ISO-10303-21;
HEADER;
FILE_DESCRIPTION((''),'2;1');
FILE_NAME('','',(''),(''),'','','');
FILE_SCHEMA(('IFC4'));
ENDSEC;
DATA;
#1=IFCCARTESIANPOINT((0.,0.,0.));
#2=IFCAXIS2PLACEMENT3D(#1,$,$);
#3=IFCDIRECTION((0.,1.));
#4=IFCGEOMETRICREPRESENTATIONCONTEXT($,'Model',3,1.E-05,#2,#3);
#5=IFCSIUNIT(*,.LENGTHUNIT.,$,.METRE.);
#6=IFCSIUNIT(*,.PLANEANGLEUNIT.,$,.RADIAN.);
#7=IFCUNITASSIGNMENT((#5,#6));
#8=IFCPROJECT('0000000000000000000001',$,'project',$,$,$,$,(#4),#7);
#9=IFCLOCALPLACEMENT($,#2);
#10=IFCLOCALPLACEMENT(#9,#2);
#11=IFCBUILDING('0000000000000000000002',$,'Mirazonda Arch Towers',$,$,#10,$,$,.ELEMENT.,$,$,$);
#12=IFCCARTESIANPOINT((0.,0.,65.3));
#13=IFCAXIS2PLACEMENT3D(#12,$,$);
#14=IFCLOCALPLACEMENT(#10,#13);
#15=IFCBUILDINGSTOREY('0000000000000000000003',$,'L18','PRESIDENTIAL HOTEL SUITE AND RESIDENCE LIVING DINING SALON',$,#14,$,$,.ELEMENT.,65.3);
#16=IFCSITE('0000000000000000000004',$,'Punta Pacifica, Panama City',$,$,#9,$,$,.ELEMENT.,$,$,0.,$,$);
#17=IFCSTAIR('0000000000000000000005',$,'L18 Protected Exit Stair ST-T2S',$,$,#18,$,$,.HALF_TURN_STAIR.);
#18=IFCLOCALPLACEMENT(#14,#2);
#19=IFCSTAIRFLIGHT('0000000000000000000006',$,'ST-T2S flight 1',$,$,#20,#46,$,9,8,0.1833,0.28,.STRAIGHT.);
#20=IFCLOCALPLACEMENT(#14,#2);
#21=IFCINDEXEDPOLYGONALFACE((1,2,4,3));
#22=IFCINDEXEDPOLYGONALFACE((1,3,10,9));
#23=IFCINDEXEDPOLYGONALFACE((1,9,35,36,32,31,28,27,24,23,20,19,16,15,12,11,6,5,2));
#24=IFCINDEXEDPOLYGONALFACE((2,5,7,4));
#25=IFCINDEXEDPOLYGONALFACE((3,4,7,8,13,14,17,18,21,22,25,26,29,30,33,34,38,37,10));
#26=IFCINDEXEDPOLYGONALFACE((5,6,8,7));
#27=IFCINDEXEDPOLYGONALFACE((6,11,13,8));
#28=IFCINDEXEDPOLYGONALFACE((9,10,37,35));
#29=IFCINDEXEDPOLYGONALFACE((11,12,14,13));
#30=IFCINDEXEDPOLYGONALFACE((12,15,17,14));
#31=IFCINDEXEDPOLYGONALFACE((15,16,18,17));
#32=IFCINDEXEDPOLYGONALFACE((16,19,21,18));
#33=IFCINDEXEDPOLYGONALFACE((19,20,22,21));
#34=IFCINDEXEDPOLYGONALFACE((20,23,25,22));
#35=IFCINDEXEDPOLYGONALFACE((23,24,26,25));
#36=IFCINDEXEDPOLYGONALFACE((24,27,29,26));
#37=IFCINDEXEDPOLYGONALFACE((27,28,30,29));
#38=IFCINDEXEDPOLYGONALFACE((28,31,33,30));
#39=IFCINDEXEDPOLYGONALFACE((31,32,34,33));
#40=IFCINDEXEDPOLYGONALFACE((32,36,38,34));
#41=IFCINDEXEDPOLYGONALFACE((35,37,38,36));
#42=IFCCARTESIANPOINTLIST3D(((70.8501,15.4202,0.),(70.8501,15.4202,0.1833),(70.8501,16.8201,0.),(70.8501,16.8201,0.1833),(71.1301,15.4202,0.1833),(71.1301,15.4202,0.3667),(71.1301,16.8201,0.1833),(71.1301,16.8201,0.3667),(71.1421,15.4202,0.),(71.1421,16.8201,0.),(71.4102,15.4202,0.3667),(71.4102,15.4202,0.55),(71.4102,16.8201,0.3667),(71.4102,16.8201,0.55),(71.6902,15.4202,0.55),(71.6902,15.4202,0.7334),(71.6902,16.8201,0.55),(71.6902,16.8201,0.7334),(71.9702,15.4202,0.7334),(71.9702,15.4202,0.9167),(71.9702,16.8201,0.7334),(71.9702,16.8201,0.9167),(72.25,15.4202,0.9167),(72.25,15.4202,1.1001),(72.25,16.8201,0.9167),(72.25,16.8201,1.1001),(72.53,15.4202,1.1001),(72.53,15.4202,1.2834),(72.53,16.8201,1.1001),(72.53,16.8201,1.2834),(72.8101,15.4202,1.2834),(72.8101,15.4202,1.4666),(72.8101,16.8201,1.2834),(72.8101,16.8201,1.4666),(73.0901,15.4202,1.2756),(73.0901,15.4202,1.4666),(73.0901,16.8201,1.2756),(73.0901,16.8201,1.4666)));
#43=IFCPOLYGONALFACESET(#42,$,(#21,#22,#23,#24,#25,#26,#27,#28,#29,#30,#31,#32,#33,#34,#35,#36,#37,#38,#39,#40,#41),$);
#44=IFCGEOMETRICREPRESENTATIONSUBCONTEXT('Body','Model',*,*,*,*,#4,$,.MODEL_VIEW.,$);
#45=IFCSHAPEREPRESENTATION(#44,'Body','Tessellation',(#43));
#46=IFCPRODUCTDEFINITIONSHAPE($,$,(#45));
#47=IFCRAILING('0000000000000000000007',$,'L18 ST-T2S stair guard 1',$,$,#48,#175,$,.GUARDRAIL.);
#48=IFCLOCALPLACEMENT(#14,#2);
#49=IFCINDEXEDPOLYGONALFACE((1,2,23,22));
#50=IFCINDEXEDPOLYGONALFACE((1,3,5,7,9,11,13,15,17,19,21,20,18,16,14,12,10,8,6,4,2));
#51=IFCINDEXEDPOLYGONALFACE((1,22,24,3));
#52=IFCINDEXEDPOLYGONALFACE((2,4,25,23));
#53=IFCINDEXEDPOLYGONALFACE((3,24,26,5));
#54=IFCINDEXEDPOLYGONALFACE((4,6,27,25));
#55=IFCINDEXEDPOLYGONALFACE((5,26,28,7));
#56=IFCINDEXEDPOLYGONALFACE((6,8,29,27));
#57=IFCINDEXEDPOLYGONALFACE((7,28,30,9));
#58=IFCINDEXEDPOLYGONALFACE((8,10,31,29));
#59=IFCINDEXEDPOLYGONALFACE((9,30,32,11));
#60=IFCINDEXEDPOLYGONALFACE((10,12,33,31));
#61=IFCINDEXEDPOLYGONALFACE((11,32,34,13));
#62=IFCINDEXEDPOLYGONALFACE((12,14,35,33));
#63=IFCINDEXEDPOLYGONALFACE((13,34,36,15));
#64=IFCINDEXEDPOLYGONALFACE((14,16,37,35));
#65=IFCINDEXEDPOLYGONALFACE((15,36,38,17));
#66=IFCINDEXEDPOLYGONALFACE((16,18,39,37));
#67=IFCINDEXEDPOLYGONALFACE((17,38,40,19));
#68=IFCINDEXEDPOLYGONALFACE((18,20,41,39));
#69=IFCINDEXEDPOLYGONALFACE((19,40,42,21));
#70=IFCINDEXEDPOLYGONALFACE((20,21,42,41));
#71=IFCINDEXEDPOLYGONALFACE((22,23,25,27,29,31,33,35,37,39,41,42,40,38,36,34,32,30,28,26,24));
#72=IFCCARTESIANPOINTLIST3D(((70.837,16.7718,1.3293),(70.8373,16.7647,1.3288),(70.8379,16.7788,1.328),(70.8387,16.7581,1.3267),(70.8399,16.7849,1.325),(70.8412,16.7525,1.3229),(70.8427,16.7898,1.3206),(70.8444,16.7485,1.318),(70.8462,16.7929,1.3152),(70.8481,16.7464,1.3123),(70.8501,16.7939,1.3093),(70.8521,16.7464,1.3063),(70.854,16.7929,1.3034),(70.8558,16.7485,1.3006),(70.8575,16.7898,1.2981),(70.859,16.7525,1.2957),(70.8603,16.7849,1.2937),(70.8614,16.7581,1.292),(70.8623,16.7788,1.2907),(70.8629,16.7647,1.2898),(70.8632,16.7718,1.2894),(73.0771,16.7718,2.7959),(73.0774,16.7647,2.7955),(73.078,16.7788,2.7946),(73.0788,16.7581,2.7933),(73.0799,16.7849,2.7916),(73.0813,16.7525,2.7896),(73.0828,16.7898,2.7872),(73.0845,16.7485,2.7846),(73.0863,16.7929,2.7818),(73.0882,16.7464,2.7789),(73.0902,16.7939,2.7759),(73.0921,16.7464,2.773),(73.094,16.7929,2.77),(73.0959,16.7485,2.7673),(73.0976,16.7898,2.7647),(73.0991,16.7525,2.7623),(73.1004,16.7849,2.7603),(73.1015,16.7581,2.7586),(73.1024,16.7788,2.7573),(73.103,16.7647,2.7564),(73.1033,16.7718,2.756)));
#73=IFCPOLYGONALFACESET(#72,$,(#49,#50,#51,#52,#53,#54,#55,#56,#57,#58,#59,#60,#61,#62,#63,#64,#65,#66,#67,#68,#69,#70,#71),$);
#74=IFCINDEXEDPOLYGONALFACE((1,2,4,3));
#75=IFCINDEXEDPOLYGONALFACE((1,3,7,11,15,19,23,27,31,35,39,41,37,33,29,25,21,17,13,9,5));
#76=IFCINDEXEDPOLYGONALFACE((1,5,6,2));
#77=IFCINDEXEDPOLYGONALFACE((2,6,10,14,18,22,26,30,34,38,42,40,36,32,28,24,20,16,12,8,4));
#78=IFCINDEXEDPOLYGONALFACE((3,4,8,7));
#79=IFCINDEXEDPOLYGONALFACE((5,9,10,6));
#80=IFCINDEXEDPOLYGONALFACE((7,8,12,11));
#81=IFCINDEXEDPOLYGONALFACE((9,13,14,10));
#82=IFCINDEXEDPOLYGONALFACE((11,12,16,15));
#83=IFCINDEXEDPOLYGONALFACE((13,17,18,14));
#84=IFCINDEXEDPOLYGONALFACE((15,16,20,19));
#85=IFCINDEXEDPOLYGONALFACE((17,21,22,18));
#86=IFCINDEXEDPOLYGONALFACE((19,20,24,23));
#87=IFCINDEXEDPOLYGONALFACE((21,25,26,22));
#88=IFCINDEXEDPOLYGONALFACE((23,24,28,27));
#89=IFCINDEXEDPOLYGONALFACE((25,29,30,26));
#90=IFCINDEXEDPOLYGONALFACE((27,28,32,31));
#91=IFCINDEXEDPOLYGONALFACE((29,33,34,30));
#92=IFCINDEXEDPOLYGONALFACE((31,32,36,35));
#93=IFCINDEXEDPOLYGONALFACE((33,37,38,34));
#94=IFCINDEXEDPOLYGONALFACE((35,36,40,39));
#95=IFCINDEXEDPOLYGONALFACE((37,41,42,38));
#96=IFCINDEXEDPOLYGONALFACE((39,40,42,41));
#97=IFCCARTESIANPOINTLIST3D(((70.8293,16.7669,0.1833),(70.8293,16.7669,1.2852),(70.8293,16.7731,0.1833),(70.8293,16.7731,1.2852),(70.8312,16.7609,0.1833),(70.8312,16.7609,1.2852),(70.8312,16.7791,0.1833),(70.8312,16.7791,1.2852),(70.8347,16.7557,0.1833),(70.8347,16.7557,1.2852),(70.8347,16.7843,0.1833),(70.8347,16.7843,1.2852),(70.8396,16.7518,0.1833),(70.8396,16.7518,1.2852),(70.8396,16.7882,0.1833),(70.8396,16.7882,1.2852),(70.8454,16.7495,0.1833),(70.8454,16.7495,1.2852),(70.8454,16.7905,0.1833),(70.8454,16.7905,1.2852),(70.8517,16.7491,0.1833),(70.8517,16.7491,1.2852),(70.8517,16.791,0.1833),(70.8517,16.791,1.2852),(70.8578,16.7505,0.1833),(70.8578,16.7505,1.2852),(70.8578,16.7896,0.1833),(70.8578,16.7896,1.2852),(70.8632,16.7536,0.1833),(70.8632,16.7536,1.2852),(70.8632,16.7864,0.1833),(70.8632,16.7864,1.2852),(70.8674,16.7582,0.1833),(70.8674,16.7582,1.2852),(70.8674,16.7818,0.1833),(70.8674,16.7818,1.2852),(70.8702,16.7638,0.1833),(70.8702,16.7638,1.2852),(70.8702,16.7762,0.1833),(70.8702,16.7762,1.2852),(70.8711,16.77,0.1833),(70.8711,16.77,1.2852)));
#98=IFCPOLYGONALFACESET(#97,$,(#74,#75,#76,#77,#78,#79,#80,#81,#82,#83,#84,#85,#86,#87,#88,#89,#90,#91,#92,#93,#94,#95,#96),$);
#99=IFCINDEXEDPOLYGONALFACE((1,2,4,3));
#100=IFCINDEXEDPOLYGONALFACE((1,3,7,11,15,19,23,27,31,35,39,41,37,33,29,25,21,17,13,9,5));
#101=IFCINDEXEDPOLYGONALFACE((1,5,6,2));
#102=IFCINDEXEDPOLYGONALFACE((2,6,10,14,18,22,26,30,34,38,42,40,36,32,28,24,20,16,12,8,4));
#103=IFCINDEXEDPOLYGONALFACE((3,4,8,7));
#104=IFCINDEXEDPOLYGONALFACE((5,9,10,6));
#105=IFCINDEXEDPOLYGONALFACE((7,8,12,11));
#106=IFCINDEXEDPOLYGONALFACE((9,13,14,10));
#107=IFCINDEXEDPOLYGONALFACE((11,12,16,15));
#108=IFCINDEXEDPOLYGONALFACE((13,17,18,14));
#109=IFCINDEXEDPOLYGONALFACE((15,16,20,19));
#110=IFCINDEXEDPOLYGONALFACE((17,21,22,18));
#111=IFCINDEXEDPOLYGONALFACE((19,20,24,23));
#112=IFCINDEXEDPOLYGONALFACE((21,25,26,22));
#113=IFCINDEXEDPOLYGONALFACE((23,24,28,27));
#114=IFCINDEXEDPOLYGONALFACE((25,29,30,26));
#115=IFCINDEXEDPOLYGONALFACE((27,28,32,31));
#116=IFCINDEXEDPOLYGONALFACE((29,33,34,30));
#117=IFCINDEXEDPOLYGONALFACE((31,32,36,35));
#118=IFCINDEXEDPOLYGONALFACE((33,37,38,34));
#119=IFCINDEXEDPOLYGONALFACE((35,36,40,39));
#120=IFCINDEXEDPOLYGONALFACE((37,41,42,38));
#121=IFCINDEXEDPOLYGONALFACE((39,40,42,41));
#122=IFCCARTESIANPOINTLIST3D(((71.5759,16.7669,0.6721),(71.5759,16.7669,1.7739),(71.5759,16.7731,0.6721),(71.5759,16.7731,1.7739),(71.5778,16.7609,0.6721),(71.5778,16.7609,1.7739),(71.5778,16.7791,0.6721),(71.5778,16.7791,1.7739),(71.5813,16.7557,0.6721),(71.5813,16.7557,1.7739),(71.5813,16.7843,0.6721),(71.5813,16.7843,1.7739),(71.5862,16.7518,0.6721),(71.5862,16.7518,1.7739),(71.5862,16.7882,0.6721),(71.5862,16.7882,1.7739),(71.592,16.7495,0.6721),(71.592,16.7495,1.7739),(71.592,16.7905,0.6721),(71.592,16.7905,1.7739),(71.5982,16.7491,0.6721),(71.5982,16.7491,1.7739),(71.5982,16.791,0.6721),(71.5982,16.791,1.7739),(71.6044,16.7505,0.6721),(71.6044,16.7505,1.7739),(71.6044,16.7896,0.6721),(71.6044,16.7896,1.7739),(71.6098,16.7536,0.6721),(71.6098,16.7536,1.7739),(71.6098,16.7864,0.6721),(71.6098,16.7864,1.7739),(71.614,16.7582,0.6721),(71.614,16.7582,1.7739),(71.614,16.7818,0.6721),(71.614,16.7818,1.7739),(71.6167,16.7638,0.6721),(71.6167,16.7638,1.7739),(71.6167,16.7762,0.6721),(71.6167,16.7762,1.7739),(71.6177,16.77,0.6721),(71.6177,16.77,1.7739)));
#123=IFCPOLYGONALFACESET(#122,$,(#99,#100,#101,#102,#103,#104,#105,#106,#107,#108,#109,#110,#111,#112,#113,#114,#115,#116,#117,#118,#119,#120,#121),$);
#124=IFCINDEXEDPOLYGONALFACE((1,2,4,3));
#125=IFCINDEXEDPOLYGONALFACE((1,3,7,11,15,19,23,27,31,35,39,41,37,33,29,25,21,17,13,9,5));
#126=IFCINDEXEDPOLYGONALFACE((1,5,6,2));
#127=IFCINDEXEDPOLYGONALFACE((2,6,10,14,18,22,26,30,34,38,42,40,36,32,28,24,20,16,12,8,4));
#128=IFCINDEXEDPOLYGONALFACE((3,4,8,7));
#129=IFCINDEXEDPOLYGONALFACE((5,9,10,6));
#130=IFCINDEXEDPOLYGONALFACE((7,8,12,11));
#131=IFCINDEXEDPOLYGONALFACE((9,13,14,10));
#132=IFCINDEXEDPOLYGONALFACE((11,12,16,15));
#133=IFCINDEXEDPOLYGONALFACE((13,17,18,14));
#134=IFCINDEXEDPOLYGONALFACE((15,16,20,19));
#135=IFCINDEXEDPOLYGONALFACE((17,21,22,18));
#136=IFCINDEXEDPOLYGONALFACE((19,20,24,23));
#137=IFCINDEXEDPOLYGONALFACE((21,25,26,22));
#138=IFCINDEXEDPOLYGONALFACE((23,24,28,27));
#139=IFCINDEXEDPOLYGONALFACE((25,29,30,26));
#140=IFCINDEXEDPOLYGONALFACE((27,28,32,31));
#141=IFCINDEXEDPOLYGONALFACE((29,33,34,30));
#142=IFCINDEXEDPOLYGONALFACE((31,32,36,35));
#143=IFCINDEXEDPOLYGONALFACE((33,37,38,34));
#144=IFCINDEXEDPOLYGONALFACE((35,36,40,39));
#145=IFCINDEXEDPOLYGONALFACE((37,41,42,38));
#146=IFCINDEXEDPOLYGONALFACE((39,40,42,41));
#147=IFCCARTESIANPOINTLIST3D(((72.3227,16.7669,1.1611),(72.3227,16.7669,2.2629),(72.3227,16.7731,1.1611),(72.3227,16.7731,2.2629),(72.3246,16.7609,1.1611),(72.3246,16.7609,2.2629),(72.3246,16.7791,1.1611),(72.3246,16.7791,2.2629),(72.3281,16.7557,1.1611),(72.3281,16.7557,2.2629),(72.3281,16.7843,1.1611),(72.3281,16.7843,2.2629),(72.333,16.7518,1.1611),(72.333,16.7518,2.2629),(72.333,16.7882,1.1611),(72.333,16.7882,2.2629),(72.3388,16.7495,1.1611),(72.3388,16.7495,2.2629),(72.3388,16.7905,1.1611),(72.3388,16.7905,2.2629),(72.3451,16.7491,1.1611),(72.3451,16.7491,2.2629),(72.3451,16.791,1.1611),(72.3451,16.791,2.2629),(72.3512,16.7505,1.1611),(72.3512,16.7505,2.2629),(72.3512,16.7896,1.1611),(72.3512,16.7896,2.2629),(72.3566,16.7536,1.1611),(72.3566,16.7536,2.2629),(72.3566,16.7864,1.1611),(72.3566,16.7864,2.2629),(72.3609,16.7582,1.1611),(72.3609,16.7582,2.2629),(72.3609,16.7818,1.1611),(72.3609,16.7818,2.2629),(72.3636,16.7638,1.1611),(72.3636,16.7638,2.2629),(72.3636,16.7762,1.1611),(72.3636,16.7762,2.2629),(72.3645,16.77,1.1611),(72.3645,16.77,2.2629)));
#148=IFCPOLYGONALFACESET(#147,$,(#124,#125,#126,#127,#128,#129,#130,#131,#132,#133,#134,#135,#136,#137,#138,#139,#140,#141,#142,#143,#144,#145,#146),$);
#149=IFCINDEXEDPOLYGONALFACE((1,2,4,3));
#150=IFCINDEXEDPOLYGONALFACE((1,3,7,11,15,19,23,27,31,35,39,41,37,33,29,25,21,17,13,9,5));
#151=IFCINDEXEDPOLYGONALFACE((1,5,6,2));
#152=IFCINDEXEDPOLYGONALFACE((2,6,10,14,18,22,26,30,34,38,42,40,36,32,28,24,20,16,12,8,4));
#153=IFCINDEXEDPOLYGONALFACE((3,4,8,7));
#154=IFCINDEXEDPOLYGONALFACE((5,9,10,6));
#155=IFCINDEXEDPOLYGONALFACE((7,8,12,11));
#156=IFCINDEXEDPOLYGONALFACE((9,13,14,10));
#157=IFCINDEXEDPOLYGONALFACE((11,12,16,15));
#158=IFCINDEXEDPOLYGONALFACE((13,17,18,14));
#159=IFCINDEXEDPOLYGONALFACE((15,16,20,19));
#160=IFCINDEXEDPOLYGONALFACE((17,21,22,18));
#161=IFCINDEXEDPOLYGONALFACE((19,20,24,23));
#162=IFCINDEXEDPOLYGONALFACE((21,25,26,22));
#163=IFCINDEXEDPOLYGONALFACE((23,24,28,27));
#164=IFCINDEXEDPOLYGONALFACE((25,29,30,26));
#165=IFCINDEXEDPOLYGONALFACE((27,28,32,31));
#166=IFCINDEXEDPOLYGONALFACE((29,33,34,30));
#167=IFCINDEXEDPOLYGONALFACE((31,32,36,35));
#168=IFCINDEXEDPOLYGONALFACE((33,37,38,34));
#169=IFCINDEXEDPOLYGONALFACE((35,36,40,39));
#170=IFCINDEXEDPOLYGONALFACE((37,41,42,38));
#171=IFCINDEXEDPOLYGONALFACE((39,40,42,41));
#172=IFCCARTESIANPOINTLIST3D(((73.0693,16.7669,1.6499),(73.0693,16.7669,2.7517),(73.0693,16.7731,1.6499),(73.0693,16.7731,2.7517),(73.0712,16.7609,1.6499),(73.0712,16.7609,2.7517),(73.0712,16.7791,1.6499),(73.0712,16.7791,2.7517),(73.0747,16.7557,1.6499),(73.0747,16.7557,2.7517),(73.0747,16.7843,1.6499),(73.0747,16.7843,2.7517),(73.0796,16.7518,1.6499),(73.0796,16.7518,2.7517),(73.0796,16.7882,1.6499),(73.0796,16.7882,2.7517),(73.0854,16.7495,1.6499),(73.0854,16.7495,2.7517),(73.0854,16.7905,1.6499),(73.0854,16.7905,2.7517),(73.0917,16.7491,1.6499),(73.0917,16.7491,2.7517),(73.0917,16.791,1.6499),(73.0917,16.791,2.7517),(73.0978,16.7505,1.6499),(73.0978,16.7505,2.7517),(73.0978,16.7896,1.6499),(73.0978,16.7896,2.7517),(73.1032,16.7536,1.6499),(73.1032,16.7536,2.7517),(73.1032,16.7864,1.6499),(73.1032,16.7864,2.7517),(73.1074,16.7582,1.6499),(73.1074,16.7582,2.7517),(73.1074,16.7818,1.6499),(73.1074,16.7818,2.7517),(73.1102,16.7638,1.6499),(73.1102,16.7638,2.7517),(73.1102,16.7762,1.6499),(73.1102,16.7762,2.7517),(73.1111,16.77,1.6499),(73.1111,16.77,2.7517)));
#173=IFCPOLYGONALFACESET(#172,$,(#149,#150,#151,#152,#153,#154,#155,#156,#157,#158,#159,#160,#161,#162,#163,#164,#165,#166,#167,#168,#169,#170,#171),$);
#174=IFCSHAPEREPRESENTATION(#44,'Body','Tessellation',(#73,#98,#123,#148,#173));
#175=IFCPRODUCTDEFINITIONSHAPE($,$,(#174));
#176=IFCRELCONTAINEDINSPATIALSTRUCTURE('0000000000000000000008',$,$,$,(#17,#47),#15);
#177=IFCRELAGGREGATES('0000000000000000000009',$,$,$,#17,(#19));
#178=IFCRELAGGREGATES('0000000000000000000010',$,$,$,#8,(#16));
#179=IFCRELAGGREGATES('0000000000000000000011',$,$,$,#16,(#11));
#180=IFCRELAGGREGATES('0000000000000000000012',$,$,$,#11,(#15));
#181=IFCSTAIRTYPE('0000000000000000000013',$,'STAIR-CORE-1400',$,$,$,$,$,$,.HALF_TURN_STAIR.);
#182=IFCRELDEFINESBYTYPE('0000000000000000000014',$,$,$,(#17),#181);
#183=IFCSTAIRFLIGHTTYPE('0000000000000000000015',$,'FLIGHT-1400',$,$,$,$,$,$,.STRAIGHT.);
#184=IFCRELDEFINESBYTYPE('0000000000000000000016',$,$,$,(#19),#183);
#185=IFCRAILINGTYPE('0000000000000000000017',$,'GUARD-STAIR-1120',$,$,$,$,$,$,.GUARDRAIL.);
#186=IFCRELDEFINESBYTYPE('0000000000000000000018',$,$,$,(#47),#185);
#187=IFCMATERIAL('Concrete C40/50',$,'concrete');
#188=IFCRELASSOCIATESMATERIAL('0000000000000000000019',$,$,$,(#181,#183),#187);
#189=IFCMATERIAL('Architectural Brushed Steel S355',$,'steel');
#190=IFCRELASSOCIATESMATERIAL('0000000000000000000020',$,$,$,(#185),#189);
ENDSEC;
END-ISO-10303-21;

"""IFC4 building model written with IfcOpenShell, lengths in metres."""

from ifc_helpers import new_model, si_unit, direction, frame, origin, origin_2d, place, context, subcontext, project, spatial, polyline, circle, outline, extrude, material, type_object, element, aggregate, save


model = new_model("IFC4")

# Units and contexts
model_context = context("Model", 3, precision=1e-05, world=origin(), true_north=direction((0.0, 1.0)))
body_context = subcontext(model_context, "Body", "Model", "MODEL_VIEW")
ifc_project = project(units=[si_unit("LENGTHUNIT", "METRE"), si_unit("PLANEANGLEUNIT", "RADIAN")], contexts=[model_context])

# Site, building, storey
site_placement = place(None, origin())
site = spatial("IfcSite", under=ifc_project, at=site_placement, Name="Punta Pacifica, Panama City", CompositionType="ELEMENT", RefElevation=0.0)
building_placement = place(site_placement, origin())
building = spatial("IfcBuilding", under=site, at=building_placement, Name="Mirazonda Arch Towers", CompositionType="ELEMENT")
storey_placement = place(building_placement, frame((0.0, 0.0, 65.3)))
storey = spatial("IfcBuildingStorey", under=building, at=storey_placement, Name="L18", Description="PRESIDENTIAL HOTEL SUITE AND RESIDENCE LIVING DINING SALON", CompositionType="ELEMENT", Elevation=65.3)

# Stair, stair flight
ifc_material_1 = material(Name="Concrete C40/50", Category="concrete")
stair_type = type_object("IfcStairType", Name="STAIR-CORE-1400", PredefinedType="HALF_TURN_STAIR", material=ifc_material_1)
stair_placement = place(storey_placement, origin())
stair = element("IfcStair", 1, at=stair_placement, inside=storey, type_object=stair_type, Name="L18 Protected Exit Stair ST-T2S", PredefinedType="HALF_TURN_STAIR")
stair_flight_type = type_object("IfcStairFlightType", Name="FLIGHT-1400", PredefinedType="STRAIGHT", material=ifc_material_1)
stair_flight_placement = place(storey_placement, frame((70.8501, 16.1201, 0.0), z_axis=(0.0, 0.0, 1.0), x_axis=(1.0, 0.0, 0.0)))
stair_flight = element("IfcStairFlight", 2, at=stair_flight_placement, type_object=stair_flight_type, Name="ST-T2S flight 1", NumberOfRisers=9, NumberOfTreads=8, PredefinedType="STRAIGHT", RiserHeight=0.1833, TreadLength=0.28, context=body_context, shape_type="SweptSolid", body=[
    extrude(outline(polyline([(0.0, 0.0), (0.0, 0.1833), (0.28, 0.1833), (0.28, 0.3667), (0.5601, 0.3667), (0.5601, 0.55), (0.8401, 0.55), (0.8401, 0.7334), (1.1201, 0.7334), (1.1201, 0.9167), (1.3999, 0.9167), (1.3999, 1.1001), (1.6799, 1.1001), (1.6799, 1.2834), (1.96, 1.2834), (1.96, 1.4666), (2.24, 1.4666), (2.24, 1.6499), (2.24, 1.2756), (0.292, 0.0), (0.0, 0.0)])), frame((0.0, 0.7, 0.0), z_axis=(0.0, -1.0, 0.0), x_axis=(1.0, 0.0, 0.0)), (0.0, 0.0, 1.0), 1.3999),
])
aggregate(stair, [stair_flight])

# Railing
ifc_material_2 = material(Name="Architectural Brushed Steel S355", Category="steel")
railing_type_1 = type_object("IfcRailingType", Name="GUARD-STAIR-1120", PredefinedType="GUARDRAIL", material=ifc_material_2)
railing_1_placement = place(storey_placement, frame((70.8501, 16.77, 0.1833)))
element("IfcRailing", 3, at=railing_1_placement, inside=storey, type_object=railing_type_1, Name="L18 ST-T2S stair guard 1", PredefinedType="GUARDRAIL", context=body_context, shape_type="SweptSolid", body=[
    extrude(circle(Radius=0.0239, at=origin_2d()), frame((0.0, 0.0, 1.126), z_axis=(0.836637, 0.0, 0.547758), x_axis=(0.0, 1.0, 0.0)), (0.0, 0.0, 1.0), 2.6775),
    extrude(circle(Radius=0.021, at=origin_2d()), origin(), (0.0, 0.0, 1.0), 1.1018),
    extrude(circle(Radius=0.021, at=origin_2d()), frame((0.7466, 0.0, 0.4888)), (0.0, 0.0, 1.0), 1.1018),
    extrude(circle(Radius=0.021, at=origin_2d()), frame((1.4934, 0.0, 0.9778)), (0.0, 0.0, 1.0), 1.1018),
    extrude(circle(Radius=0.021, at=origin_2d()), frame((2.24, 0.0, 1.4666)), (0.0, 0.0, 1.0), 1.1018),
])

save(model, "model.ifc")
